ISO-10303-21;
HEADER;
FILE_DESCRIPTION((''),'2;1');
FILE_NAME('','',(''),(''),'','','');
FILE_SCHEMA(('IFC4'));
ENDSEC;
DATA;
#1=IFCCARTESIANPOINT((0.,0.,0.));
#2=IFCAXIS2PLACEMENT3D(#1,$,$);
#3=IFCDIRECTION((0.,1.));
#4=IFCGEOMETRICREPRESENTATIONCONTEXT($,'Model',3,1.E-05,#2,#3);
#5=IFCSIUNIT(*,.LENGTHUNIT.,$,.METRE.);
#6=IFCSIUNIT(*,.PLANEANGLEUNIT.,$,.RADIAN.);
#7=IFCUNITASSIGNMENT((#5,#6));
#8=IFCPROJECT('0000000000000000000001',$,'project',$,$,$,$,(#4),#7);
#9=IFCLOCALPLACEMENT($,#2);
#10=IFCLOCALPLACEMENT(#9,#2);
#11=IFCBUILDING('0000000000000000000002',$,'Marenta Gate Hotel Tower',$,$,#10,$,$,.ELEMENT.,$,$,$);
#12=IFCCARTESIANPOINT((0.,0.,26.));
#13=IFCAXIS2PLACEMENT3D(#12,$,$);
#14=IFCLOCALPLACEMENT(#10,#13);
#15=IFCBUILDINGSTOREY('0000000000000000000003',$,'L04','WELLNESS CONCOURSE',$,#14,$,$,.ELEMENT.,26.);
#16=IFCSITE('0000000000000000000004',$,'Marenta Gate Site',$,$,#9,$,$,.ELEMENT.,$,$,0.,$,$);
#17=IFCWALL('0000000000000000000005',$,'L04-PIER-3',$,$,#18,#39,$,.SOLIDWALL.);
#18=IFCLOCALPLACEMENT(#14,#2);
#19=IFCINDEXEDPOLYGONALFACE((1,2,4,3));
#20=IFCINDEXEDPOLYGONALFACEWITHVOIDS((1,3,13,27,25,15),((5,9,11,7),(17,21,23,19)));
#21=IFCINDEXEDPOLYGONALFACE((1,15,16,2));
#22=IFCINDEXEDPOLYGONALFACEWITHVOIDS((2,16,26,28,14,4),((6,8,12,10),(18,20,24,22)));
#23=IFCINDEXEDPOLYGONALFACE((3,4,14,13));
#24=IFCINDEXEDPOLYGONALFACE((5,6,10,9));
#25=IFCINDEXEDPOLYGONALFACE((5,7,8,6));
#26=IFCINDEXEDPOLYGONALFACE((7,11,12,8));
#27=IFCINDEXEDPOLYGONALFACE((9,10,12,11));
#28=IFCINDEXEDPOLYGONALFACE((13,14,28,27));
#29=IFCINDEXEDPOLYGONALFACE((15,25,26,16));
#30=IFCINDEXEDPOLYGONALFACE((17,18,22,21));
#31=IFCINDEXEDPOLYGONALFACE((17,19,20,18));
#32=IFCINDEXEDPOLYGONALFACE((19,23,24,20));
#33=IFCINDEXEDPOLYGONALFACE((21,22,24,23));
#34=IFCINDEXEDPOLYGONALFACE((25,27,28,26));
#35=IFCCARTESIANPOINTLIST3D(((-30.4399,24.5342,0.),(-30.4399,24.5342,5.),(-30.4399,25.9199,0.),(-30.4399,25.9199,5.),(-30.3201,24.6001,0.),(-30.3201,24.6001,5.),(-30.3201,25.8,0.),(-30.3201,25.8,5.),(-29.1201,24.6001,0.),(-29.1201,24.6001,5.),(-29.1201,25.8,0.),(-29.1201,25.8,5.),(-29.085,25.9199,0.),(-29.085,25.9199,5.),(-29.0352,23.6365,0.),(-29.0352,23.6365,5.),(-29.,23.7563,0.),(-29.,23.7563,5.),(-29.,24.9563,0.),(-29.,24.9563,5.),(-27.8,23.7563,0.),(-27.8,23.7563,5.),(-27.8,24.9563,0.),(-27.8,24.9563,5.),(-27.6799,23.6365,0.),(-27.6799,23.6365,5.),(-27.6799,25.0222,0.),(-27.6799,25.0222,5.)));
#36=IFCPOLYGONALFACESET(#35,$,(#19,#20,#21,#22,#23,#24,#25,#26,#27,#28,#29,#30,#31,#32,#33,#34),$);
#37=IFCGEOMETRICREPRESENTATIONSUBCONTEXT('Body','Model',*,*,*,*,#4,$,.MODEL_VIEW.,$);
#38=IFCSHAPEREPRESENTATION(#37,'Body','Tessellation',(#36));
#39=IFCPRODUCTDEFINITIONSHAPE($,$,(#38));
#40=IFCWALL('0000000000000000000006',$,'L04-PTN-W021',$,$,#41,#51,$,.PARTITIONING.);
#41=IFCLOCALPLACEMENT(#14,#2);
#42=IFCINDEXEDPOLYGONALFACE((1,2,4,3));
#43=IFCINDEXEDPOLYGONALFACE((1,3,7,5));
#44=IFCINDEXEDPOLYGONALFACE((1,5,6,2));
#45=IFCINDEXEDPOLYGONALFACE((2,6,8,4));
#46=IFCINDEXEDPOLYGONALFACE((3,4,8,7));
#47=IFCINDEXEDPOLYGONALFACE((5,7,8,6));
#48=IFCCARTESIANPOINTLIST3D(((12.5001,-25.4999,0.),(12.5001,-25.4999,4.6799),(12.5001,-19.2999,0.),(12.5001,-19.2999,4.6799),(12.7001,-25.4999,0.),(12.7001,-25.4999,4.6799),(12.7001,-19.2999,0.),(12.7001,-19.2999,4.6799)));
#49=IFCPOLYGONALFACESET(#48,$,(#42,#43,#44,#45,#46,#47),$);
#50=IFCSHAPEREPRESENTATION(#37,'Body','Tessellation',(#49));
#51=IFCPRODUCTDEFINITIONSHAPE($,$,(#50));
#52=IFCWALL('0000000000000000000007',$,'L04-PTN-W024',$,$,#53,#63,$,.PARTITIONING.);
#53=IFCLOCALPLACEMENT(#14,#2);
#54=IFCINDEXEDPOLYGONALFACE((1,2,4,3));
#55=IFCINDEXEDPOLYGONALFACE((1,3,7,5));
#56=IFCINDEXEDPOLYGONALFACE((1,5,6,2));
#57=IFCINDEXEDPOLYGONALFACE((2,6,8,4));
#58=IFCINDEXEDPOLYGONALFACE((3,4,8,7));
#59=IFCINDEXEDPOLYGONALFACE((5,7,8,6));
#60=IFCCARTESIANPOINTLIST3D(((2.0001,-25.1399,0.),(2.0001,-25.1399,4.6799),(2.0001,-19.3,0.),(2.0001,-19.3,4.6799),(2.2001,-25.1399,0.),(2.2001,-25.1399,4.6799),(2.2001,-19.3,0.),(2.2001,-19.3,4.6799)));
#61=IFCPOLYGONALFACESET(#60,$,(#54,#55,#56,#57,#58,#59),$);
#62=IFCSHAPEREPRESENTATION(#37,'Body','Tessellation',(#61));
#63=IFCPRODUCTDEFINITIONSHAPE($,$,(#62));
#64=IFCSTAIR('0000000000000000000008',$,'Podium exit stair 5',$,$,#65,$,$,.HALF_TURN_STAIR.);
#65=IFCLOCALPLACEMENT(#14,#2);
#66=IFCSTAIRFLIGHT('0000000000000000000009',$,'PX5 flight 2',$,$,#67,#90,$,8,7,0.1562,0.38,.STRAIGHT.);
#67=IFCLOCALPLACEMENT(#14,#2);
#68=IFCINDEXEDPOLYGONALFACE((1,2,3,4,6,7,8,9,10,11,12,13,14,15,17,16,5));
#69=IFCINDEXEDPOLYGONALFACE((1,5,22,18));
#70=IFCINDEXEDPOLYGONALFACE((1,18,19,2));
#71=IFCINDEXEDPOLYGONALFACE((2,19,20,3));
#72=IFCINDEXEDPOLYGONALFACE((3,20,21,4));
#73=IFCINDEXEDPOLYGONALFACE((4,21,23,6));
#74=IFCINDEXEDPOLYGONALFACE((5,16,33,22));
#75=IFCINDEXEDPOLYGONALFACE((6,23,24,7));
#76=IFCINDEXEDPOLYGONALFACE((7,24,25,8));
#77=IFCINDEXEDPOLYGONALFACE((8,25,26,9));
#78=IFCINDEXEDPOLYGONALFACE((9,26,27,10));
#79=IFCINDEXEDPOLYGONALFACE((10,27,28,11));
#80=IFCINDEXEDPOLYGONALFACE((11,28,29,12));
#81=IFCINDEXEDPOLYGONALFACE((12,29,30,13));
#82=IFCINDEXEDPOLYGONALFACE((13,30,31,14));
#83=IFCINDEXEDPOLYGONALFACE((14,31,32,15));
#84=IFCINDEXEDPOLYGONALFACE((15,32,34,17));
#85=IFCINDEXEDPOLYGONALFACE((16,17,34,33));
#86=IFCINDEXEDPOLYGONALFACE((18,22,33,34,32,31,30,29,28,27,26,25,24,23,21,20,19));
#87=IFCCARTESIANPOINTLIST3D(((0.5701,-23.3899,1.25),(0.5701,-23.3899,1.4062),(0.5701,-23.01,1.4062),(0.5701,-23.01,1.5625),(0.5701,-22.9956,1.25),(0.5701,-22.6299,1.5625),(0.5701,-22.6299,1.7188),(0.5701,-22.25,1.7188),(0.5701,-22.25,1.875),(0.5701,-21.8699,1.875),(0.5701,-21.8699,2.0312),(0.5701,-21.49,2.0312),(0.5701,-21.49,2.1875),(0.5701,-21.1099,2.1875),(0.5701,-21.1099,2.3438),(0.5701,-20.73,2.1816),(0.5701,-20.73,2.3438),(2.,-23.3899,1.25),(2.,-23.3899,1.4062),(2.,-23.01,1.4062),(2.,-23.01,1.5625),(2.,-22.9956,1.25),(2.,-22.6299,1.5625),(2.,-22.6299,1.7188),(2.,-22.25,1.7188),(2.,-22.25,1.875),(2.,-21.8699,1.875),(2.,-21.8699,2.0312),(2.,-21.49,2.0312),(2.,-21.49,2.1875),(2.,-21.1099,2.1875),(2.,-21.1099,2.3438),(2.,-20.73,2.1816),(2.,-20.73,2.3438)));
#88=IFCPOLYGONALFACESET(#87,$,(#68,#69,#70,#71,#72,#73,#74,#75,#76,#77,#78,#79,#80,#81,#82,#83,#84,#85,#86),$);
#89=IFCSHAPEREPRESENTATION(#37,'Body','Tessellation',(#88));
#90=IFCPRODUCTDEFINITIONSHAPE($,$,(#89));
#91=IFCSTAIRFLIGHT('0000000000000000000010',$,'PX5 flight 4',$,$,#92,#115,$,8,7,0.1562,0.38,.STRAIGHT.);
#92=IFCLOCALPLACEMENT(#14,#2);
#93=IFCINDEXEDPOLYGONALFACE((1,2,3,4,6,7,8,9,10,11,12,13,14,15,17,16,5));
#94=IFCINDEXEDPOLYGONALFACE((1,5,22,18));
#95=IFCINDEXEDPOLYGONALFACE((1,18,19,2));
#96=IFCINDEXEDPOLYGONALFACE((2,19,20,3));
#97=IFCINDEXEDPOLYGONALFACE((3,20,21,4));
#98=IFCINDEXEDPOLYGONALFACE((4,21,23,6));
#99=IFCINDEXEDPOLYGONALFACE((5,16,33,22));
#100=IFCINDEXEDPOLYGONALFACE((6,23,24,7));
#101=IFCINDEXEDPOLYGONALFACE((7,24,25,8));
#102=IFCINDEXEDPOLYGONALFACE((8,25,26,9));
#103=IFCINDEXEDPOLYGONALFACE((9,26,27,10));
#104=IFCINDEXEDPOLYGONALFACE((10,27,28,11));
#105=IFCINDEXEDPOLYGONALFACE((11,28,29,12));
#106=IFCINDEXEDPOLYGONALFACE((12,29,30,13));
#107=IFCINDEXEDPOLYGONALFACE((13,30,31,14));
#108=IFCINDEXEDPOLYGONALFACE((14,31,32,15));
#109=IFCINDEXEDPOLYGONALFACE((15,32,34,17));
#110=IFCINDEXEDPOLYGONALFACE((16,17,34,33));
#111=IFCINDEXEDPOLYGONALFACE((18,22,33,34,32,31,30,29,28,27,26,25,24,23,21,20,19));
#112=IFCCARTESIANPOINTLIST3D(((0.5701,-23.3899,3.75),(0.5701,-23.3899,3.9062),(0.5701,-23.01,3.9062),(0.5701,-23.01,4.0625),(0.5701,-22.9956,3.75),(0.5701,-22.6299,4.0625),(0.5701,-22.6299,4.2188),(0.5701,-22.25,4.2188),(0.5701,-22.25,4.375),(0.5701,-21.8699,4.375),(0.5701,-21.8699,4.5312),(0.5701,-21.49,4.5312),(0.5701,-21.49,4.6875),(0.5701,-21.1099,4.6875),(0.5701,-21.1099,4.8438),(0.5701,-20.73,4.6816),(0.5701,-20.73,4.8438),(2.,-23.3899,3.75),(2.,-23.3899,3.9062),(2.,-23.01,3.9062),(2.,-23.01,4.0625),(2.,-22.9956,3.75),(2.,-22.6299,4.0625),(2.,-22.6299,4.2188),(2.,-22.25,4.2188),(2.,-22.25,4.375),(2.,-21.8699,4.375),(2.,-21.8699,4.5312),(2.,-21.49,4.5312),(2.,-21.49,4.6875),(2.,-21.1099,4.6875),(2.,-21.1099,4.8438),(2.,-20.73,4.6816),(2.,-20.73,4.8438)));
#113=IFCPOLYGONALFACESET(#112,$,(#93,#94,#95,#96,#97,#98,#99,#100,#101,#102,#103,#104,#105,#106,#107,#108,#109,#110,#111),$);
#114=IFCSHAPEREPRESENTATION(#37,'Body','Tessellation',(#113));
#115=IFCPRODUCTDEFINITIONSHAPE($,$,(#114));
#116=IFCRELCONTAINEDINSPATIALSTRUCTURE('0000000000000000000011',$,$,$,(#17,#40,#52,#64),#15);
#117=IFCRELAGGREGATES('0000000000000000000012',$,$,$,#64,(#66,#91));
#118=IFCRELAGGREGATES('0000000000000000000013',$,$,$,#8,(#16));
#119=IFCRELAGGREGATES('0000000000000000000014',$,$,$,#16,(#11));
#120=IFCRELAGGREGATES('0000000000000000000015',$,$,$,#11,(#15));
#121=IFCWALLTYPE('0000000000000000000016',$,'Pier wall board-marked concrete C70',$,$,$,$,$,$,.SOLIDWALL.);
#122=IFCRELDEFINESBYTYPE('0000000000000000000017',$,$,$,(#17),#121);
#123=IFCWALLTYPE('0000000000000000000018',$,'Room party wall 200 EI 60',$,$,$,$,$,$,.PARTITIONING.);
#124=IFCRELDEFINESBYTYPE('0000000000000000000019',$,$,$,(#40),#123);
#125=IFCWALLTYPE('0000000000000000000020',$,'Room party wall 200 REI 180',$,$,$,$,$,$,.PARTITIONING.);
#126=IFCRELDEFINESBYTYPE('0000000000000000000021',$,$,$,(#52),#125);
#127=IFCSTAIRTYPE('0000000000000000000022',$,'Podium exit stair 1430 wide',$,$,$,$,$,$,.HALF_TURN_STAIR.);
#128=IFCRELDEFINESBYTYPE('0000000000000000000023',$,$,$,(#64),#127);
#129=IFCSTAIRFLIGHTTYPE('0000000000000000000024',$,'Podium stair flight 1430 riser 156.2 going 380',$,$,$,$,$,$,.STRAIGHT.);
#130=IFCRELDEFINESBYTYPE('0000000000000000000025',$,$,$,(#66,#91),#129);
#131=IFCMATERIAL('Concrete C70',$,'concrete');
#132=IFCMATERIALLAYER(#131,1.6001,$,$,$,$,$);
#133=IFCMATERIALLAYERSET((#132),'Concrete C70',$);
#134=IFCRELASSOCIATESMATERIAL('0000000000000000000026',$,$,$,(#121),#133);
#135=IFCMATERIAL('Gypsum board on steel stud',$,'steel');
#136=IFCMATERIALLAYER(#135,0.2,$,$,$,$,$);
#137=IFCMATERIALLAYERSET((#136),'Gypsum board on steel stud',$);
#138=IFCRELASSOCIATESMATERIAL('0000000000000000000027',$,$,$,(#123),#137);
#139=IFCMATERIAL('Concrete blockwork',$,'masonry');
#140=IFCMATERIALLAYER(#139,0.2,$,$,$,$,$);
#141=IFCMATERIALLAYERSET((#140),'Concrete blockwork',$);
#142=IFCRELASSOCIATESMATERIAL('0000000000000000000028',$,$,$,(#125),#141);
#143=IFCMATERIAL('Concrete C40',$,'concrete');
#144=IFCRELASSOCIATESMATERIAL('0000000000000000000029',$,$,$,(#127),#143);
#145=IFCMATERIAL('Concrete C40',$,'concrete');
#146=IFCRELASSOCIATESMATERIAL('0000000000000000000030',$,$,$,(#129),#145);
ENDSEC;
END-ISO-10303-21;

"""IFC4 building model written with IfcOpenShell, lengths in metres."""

from ifc_helpers import new_model, si_unit, direction, frame, frame_2d, origin, place, context, subcontext, project, spatial, polyline, rectangle, outline, extrude, material, layer, layer_set, type_object, element, aggregate, save


model = new_model("IFC4")

# Units and contexts
model_context = context("Model", 3, precision=1e-05, world=origin(), true_north=direction((0.0, 1.0)))
body_context = subcontext(model_context, "Body", "Model", "MODEL_VIEW")
ifc_project = project(units=[si_unit("LENGTHUNIT", "METRE"), si_unit("PLANEANGLEUNIT", "RADIAN")], contexts=[model_context])

# Site, building, storey
site_placement = place(None, origin())
site = spatial("IfcSite", under=ifc_project, at=site_placement, Name="Marenta Gate Site", CompositionType="ELEMENT", RefElevation=0.0)
building_placement = place(site_placement, origin())
building = spatial("IfcBuilding", under=site, at=building_placement, Name="Marenta Gate Hotel Tower", CompositionType="ELEMENT")
storey_placement = place(building_placement, frame((0.0, 0.0, 26.0)))
storey = spatial("IfcBuildingStorey", under=building, at=storey_placement, Name="L04", Description="WELLNESS CONCOURSE", CompositionType="ELEMENT", Elevation=26.0)

# Wall
ifc_material_1 = material(Name="Concrete C70", Category="concrete")
ifc_layer_1 = layer(ifc_material_1, 1.6001)
ifc_layer_set_1 = layer_set([ifc_layer_1], Name="Concrete C70")
wall_type_1 = type_object("IfcWallType", Name="Pier wall board-marked concrete C70", PredefinedType="SOLIDWALL", material=ifc_layer_set_1)
wall_1_placement = place(storey_placement, origin())
element("IfcWall", 1, at=wall_1_placement, inside=storey, type_object=wall_type_1, Name="L04-PIER-3", PredefinedType="SOLIDWALL", context=body_context, shape_type="SweptSolid", body=[
    extrude(outline(polyline([(-30.4399, 24.5342), (-30.4399, 25.9199), (-29.085, 25.9199), (-27.6799, 25.0222), (-27.6799, 23.6365), (-29.0352, 23.6365), (-30.4399, 24.5342)]), holes=[polyline([(-29.0, 23.7563), (-27.8, 23.7563), (-27.8, 24.9563), (-29.0, 24.9563), (-29.0, 23.7563)]), polyline([(-30.3201, 24.6001), (-29.1201, 24.6001), (-29.1201, 25.8), (-30.3201, 25.8), (-30.3201, 24.6001)])]), origin(), (0.0, 0.0, 1.0), 5.0),
])

# Walls
ifc_material_2 = material(Name="Gypsum board on steel stud", Category="steel")
ifc_layer_2 = layer(ifc_material_2, 0.2)
ifc_layer_set_2 = layer_set([ifc_layer_2], Name="Gypsum board on steel stud")
wall_type_2 = type_object("IfcWallType", Name="Room party wall 200 EI 60", PredefinedType="PARTITIONING", material=ifc_layer_set_2)
wall_2_placement = place(storey_placement, frame((12.6001, -25.5, 0.0), z_axis=(0.0, 0.0, 1.0), x_axis=(0.0, 1.0, 0.0)))
element("IfcWall", 2, at=wall_2_placement, inside=storey, type_object=wall_type_2, Name="L04-PTN-W021", PredefinedType="PARTITIONING", context=body_context, shape_type="SweptSolid", body=[
    extrude(rectangle(XDim=6.2, YDim=0.2, at=frame_2d((3.1001, 0.0))), origin(), (0.0, 0.0, 1.0), 4.6799),
])
ifc_material_3 = material(Name="Concrete blockwork", Category="masonry")
ifc_layer_3 = layer(ifc_material_3, 0.2)
ifc_layer_set_3 = layer_set([ifc_layer_3], Name="Concrete blockwork")
wall_type_3 = type_object("IfcWallType", Name="Room party wall 200 REI 180", PredefinedType="PARTITIONING", material=ifc_layer_set_3)
wall_3_placement = place(storey_placement, frame((2.1001, -25.1399, 0.0), z_axis=(0.0, 0.0, 1.0), x_axis=(0.0, 1.0, 0.0)))
element("IfcWall", 3, at=wall_3_placement, inside=storey, type_object=wall_type_3, Name="L04-PTN-W024", PredefinedType="PARTITIONING", context=body_context, shape_type="SweptSolid", body=[
    extrude(rectangle(XDim=5.8398, YDim=0.2, at=frame_2d((2.9199, 0.0))), origin(), (0.0, 0.0, 1.0), 4.6799),
])

# Stair, stair flights
ifc_material_4 = material(Name="Concrete C40", Category="concrete")
stair_type = type_object("IfcStairType", Name="Podium exit stair 1430 wide", PredefinedType="HALF_TURN_STAIR", material=ifc_material_4)
stair_placement = place(storey_placement, origin())
stair = element("IfcStair", 4, at=stair_placement, inside=storey, type_object=stair_type, Name="Podium exit stair 5", PredefinedType="HALF_TURN_STAIR")
ifc_material_5 = material(Name="Concrete C40", Category="concrete")
stair_flight_type = type_object("IfcStairFlightType", Name="Podium stair flight 1430 riser 156.2 going 380", PredefinedType="STRAIGHT", material=ifc_material_5)
stair_flight_1_placement = place(storey_placement, frame((1.2849, -23.3899, 1.25), z_axis=(0.0, 0.0, 1.0), x_axis=(0.0, 1.0, 0.0)))
stair_flight_1 = element("IfcStairFlight", 5, at=stair_flight_1_placement, type_object=stair_flight_type, Name="PX5 flight 2", NumberOfRisers=8, NumberOfTreads=7, PredefinedType="STRAIGHT", RiserHeight=0.1562, TreadLength=0.38, context=body_context, shape_type="SweptSolid", body=[
    extrude(outline(polyline([(0.0, 0.0), (0.0, 0.1562), (0.3799, 0.1562), (0.3799, 0.3125), (0.76, 0.3125), (0.76, 0.4688), (1.1399, 0.4688), (1.1399, 0.625), (1.52, 0.625), (1.52, 0.7812), (1.8999, 0.7812), (1.8999, 0.9375), (2.28, 0.9375), (2.28, 1.0938), (2.6599, 1.0938), (2.6599, 1.25), (2.6599, 0.9316), (0.3943, 0.0), (0.0, 0.0)])), frame((0.0, 0.7148, 0.0), z_axis=(0.0, -1.0, 0.0), x_axis=(1.0, 0.0, 0.0)), (0.0, 0.0, 1.0), 1.4299),
])
stair_flight_2_placement = place(storey_placement, frame((1.2849, -23.3899, 3.75), z_axis=(0.0, 0.0, 1.0), x_axis=(0.0, 1.0, 0.0)))
stair_flight_2 = element("IfcStairFlight", 6, at=stair_flight_2_placement, type_object=stair_flight_type, Name="PX5 flight 4", NumberOfRisers=8, NumberOfTreads=7, PredefinedType="STRAIGHT", RiserHeight=0.1562, TreadLength=0.38, context=body_context, shape_type="SweptSolid", body=[
    extrude(outline(polyline([(0.0, 0.0), (0.0, 0.1562), (0.3799, 0.1562), (0.3799, 0.3125), (0.76, 0.3125), (0.76, 0.4688), (1.1399, 0.4688), (1.1399, 0.625), (1.52, 0.625), (1.52, 0.7812), (1.8999, 0.7812), (1.8999, 0.9375), (2.28, 0.9375), (2.28, 1.0938), (2.6599, 1.0938), (2.6599, 1.25), (2.6599, 0.9316), (0.3943, 0.0), (0.0, 0.0)])), frame((0.0, 0.7148, 0.0), z_axis=(0.0, -1.0, 0.0), x_axis=(1.0, 0.0, 0.0)), (0.0, 0.0, 1.0), 1.4299),
])
aggregate(stair, [stair_flight_1, stair_flight_2])

save(model, "model.ifc")
